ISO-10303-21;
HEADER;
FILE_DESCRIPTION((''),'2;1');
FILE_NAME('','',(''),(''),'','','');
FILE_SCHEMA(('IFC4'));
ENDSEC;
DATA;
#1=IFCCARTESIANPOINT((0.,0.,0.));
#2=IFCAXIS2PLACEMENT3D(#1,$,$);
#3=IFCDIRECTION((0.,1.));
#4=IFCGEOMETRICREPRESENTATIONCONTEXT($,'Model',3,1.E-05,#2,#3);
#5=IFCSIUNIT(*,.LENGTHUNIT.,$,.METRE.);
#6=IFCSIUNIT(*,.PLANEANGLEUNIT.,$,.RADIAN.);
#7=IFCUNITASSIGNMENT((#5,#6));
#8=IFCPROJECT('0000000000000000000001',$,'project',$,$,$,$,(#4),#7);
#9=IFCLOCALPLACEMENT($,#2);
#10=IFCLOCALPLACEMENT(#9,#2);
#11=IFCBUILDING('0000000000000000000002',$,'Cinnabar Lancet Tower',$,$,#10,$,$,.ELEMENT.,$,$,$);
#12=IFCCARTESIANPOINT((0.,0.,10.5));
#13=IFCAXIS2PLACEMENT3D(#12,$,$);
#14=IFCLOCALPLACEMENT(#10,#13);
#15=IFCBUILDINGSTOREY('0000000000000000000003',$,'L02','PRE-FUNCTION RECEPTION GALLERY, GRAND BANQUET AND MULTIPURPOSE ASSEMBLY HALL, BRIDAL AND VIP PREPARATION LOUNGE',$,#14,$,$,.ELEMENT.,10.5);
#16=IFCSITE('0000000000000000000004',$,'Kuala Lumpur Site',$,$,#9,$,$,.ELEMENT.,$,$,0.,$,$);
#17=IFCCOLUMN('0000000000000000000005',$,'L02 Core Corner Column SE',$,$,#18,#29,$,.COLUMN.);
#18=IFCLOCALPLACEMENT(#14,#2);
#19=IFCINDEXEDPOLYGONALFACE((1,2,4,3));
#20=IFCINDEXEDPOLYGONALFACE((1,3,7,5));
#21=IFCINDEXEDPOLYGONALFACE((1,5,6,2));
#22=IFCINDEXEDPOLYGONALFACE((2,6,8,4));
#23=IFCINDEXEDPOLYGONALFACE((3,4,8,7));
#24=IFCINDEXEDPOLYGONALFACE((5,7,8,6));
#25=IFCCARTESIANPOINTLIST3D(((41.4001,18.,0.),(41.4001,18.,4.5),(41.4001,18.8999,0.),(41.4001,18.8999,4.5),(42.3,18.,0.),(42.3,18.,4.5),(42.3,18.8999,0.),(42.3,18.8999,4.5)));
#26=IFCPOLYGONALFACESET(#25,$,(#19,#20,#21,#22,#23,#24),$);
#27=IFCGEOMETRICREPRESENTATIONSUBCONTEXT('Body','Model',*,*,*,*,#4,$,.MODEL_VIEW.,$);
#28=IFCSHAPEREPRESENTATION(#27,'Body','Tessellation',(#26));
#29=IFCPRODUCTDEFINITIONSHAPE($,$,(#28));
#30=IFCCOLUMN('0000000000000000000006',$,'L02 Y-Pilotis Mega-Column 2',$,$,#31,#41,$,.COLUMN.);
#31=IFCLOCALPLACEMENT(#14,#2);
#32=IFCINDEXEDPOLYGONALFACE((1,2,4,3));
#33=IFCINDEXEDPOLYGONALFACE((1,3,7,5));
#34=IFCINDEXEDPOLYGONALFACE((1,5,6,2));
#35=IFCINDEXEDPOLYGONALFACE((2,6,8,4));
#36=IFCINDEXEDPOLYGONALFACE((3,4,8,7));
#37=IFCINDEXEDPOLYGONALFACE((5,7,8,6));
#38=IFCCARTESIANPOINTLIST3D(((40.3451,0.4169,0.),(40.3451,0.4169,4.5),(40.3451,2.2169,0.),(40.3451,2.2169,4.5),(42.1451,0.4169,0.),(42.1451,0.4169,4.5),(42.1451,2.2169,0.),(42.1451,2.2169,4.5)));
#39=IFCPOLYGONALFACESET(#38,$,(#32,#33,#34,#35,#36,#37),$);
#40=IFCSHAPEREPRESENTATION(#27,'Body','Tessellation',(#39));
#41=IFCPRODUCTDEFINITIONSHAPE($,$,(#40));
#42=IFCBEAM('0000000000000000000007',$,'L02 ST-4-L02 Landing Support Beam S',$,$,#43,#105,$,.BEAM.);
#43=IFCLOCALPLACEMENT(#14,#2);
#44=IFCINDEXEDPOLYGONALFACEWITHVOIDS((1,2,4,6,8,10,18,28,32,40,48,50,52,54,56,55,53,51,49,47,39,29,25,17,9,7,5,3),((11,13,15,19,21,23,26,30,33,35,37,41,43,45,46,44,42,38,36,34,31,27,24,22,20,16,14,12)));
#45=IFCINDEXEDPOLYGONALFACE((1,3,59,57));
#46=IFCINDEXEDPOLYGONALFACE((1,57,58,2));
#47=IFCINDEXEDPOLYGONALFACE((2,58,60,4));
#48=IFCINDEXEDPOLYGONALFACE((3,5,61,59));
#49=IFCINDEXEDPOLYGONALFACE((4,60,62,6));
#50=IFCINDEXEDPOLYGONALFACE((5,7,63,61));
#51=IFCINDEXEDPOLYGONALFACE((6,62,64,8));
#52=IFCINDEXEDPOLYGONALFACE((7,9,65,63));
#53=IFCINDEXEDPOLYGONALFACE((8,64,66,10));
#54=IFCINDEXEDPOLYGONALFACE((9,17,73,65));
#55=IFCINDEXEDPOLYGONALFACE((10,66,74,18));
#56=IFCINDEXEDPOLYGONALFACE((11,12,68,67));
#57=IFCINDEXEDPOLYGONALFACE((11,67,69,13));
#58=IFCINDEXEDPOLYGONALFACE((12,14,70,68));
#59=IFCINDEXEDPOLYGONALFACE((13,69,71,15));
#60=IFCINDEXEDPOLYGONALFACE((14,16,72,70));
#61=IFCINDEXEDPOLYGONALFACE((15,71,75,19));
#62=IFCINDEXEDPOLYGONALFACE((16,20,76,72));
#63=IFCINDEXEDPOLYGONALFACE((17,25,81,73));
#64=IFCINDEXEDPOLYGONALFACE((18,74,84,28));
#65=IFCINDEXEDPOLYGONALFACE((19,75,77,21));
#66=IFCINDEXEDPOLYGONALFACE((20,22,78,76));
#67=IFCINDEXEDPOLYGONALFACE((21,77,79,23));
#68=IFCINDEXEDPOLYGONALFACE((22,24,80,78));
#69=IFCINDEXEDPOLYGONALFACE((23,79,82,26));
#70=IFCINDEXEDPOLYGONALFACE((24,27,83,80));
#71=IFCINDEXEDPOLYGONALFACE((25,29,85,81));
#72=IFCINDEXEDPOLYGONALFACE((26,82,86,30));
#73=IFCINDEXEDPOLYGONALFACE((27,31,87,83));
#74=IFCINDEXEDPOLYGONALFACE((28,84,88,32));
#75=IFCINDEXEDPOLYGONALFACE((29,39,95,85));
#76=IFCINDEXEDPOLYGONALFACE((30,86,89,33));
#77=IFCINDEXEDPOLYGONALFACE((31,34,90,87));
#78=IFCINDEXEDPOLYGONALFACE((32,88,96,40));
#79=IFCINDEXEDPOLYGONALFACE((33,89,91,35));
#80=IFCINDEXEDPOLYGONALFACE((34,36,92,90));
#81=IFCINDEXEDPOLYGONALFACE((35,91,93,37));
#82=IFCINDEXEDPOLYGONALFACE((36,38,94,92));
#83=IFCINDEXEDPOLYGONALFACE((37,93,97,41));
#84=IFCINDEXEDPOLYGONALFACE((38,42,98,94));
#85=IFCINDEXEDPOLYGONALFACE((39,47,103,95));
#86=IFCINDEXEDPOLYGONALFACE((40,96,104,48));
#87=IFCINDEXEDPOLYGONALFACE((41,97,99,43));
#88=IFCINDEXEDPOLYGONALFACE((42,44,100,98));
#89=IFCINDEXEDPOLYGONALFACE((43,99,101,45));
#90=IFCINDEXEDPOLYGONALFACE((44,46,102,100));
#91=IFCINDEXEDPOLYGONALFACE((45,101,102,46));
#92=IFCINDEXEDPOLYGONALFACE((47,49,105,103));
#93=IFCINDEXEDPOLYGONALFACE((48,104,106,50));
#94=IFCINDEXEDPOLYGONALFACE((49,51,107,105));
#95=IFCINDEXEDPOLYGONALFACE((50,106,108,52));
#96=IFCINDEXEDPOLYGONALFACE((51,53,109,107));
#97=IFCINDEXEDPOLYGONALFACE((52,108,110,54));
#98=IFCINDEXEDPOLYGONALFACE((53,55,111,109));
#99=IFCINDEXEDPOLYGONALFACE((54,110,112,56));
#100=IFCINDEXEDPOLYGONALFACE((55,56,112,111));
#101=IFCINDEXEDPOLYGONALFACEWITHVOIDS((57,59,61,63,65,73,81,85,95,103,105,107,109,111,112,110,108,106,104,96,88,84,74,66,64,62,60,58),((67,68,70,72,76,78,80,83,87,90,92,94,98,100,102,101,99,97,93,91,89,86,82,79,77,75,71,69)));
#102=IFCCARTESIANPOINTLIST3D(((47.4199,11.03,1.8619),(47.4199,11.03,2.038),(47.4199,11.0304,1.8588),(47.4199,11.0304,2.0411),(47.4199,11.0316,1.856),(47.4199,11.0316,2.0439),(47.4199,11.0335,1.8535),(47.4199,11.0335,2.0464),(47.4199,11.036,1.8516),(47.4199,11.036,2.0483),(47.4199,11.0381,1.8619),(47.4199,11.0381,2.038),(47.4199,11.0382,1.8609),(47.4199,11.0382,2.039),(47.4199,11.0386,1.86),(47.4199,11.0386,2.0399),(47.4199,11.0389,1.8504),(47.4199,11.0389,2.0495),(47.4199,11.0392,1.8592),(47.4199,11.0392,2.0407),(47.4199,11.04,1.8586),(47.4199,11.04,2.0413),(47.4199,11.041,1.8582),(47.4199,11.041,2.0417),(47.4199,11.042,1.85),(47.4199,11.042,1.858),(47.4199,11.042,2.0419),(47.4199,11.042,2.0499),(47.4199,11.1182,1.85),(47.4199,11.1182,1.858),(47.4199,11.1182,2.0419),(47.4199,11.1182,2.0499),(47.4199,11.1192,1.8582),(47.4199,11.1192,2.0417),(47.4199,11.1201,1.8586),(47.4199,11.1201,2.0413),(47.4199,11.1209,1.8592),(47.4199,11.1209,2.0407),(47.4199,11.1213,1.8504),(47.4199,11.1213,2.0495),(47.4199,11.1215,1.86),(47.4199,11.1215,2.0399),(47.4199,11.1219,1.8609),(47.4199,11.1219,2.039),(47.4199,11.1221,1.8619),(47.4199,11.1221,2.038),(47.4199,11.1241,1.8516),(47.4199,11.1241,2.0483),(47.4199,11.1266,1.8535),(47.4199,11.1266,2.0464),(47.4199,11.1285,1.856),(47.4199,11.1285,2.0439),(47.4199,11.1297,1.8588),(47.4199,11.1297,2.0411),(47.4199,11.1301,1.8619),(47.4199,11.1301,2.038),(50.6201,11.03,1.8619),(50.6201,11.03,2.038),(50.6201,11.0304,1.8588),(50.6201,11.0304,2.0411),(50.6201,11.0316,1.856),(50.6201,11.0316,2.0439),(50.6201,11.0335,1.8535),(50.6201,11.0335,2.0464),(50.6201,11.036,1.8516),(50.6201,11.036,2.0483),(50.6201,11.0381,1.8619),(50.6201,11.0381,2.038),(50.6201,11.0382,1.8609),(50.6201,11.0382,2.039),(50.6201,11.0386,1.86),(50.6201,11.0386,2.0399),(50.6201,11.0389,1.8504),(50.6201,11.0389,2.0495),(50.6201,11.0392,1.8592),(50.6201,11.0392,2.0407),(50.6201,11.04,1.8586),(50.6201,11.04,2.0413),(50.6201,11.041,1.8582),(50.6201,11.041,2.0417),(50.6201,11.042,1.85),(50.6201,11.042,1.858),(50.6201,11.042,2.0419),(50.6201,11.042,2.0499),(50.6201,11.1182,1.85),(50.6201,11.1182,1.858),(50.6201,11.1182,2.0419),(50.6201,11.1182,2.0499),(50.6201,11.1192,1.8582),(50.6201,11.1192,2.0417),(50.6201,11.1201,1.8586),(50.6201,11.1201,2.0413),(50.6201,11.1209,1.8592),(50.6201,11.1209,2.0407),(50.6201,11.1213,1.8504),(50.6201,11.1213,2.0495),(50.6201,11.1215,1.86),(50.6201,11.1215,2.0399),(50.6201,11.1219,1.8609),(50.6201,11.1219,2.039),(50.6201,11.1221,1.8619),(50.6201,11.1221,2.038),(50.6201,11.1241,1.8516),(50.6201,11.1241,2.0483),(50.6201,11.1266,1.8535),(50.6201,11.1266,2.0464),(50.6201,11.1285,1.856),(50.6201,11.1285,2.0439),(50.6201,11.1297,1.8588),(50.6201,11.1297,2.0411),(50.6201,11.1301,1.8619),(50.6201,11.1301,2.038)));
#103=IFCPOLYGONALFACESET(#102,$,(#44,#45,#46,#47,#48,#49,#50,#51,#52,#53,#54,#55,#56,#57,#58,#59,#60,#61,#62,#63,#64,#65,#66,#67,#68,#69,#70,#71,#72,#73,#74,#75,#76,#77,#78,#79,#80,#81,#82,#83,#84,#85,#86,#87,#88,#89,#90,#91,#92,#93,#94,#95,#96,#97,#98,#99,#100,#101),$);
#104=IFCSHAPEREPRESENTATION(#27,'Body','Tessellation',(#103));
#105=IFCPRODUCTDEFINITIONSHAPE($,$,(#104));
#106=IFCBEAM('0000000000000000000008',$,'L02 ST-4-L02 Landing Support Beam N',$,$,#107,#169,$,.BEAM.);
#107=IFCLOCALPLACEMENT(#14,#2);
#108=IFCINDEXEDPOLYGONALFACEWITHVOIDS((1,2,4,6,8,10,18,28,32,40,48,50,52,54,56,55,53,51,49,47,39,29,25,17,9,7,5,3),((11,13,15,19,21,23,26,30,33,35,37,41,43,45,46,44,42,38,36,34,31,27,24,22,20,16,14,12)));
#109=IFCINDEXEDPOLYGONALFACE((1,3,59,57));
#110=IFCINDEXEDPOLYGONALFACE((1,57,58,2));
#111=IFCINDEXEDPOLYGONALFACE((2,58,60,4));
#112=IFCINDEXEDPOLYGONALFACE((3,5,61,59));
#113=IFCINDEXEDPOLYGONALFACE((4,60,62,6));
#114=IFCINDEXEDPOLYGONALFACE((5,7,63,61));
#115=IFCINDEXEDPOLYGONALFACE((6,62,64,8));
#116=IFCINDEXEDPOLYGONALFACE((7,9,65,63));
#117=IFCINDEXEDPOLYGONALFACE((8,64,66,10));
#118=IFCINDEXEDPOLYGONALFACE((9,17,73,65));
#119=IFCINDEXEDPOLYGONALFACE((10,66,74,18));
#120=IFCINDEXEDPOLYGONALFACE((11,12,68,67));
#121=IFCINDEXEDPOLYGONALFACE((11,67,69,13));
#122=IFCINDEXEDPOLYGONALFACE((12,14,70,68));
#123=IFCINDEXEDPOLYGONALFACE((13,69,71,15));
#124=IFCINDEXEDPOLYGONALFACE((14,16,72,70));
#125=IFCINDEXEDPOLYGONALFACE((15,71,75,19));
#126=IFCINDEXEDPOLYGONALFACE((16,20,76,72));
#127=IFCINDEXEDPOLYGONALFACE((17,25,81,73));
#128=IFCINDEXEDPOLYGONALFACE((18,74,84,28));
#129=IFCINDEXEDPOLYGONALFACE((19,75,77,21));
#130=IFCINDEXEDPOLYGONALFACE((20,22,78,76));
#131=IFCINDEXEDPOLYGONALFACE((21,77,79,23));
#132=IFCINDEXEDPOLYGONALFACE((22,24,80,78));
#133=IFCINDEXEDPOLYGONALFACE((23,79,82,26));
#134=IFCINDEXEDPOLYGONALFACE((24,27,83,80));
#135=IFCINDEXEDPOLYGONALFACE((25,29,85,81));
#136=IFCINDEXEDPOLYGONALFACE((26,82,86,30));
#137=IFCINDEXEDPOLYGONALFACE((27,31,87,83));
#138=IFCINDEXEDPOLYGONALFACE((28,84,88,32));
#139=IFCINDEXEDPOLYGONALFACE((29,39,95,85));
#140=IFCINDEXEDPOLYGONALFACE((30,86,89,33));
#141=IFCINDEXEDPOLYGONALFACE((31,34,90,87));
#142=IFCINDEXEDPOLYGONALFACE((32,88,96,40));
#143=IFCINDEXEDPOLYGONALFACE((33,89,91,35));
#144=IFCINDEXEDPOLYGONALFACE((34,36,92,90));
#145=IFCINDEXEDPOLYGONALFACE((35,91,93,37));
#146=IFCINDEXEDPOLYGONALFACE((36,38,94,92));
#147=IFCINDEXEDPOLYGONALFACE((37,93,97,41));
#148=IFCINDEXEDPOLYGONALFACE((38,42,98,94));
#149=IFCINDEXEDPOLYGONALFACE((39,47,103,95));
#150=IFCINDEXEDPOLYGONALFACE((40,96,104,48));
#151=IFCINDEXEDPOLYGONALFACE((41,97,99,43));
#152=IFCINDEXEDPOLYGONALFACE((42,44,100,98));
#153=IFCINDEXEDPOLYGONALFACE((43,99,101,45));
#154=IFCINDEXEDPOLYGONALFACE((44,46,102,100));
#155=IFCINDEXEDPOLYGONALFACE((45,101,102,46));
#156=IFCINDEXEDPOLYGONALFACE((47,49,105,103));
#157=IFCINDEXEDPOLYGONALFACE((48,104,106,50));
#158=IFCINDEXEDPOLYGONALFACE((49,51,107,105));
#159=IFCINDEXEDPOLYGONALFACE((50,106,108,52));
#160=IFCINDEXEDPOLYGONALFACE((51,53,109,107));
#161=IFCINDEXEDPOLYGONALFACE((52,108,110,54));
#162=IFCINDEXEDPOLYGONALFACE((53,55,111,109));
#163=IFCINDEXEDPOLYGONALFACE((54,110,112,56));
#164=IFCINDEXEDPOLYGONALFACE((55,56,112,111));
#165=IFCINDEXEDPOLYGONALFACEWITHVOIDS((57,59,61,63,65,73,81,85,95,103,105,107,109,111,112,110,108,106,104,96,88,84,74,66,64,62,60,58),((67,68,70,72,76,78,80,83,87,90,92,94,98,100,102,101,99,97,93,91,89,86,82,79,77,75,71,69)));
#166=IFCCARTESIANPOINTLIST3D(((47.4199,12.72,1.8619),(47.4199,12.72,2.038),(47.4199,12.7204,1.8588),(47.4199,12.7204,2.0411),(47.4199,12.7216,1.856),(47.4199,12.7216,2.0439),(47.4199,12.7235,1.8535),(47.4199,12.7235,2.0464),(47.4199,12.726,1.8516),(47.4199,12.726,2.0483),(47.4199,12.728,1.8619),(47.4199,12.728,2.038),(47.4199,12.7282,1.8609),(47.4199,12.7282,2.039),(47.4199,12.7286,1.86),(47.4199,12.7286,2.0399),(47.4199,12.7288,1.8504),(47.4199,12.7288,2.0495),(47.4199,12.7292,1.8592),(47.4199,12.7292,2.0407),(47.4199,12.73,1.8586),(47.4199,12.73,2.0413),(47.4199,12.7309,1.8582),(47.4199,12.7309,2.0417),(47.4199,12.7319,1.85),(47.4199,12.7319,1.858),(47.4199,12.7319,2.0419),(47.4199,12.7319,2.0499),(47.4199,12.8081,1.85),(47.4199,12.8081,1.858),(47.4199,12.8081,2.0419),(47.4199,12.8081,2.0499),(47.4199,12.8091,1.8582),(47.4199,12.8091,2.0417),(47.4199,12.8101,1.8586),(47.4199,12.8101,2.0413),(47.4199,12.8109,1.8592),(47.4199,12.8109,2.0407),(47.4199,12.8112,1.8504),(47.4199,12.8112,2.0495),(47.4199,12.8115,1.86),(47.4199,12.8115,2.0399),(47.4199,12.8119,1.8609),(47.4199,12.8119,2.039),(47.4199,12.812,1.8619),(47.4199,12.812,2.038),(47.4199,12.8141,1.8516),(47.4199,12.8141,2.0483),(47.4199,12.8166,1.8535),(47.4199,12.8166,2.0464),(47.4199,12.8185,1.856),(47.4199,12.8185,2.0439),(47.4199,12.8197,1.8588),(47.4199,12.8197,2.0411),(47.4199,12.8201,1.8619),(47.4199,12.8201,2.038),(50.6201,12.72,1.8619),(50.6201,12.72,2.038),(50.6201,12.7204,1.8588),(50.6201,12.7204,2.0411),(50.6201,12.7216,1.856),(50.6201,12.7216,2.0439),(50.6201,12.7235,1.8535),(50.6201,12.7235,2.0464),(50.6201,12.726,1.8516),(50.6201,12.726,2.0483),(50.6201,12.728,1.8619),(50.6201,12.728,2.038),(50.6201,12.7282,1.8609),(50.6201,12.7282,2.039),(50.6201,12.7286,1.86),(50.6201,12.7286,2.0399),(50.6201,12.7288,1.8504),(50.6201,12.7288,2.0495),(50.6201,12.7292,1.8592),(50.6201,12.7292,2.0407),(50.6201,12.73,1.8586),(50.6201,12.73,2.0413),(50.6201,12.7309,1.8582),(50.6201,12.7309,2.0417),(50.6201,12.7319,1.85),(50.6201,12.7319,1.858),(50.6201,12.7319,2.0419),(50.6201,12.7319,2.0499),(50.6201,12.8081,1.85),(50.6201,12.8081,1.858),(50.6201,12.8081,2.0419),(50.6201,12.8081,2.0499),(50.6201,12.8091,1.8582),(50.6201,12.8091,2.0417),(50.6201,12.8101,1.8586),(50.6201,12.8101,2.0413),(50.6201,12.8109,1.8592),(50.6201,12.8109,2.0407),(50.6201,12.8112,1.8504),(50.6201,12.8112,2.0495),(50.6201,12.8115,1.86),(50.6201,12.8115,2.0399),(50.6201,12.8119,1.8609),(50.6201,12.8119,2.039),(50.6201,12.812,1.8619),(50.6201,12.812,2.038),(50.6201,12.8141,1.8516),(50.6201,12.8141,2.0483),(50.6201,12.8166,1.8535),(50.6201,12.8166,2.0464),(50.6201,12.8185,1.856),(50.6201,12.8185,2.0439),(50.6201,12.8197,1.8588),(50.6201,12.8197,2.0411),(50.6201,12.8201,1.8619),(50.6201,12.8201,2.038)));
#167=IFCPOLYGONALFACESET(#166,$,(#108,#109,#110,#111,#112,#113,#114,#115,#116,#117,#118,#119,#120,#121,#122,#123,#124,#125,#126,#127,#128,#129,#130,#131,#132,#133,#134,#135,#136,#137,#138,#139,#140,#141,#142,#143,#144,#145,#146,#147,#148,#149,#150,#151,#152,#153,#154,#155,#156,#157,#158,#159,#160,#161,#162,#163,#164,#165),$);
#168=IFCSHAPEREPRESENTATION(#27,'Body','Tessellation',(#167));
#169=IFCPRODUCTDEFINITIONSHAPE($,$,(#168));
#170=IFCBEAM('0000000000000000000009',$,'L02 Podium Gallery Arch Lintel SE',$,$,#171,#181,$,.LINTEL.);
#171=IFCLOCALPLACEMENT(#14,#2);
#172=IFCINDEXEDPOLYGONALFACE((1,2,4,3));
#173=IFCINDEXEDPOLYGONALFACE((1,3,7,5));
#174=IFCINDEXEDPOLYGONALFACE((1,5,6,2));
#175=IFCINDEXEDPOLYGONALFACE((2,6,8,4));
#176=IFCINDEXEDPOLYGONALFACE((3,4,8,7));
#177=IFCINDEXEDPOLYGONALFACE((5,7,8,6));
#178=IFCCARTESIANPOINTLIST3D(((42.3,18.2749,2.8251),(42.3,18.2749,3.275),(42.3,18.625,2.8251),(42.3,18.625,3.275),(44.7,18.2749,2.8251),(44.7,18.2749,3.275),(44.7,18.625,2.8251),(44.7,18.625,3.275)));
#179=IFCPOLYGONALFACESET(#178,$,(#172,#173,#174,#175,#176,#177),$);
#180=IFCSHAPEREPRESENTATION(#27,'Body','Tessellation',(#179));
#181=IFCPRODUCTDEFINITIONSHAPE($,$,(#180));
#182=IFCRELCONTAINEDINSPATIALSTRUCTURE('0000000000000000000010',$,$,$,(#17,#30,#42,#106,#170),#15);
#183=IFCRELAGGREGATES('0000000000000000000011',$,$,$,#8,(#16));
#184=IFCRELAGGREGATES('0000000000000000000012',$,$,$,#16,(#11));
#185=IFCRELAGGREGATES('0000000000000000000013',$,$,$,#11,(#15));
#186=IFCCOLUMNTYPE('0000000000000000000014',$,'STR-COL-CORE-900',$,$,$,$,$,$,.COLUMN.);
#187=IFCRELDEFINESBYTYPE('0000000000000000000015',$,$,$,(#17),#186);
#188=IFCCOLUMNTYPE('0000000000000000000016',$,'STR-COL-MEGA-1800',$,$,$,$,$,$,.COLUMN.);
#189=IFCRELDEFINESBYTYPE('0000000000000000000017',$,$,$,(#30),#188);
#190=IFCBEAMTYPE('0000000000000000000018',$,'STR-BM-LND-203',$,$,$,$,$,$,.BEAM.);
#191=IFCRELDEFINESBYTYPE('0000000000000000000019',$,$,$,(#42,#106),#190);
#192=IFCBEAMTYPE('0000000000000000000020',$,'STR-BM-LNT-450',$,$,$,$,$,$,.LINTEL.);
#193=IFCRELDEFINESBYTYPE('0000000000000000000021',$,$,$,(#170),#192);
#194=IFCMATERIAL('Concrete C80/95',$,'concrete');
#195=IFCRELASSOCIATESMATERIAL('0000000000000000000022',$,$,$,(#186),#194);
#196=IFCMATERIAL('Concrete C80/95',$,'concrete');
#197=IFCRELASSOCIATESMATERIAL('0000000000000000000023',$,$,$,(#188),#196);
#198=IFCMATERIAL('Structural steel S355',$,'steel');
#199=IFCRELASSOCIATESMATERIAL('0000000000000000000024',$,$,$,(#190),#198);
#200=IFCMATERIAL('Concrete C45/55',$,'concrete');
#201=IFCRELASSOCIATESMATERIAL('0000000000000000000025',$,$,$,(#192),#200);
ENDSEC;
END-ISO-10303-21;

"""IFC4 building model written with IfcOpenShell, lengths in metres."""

from ifc_helpers import new_model, si_unit, direction, frame, origin, origin_2d, place, context, subcontext, project, spatial, rectangle, hollow_rectangle, extrude, material, material_profile, profile_set, type_object, element, save


model = new_model("IFC4")

# Units and contexts
model_context = context("Model", 3, precision=1e-05, world=origin(), true_north=direction((0.0, 1.0)))
body_context = subcontext(model_context, "Body", "Model", "MODEL_VIEW")
ifc_project = project(units=[si_unit("LENGTHUNIT", "METRE"), si_unit("PLANEANGLEUNIT", "RADIAN")], contexts=[model_context])

# Site, building, storey
site_placement = place(None, origin())
site = spatial("IfcSite", under=ifc_project, at=site_placement, Name="Kuala Lumpur Site", CompositionType="ELEMENT", RefElevation=0.0)
building_placement = place(site_placement, origin())
building = spatial("IfcBuilding", under=site, at=building_placement, Name="Cinnabar Lancet Tower", CompositionType="ELEMENT")
storey_placement = place(building_placement, frame((0.0, 0.0, 10.5)))
storey = spatial("IfcBuildingStorey", under=building, at=storey_placement, Name="L02", Description="PRE-FUNCTION RECEPTION GALLERY, GRAND BANQUET AND MULTIPURPOSE ASSEMBLY HALL, BRIDAL AND VIP PREPARATION LOUNGE", CompositionType="ELEMENT", Elevation=10.5)

# Columns
ifc_material_1 = material(Name="Concrete C80/95", Category="concrete")
ifc_material_profile_1 = material_profile(ifc_material_1, rectangle(XDim=0.8999, YDim=0.8999, at=origin_2d()), Name="RC-COL 900x900")
ifc_profile_set_1 = profile_set([ifc_material_profile_1], Name="Concrete C80/95")
column_type_1 = type_object("IfcColumnType", Name="STR-COL-CORE-900", PredefinedType="COLUMN", material=ifc_profile_set_1)
column_1_placement = place(storey_placement, frame((41.8501, 18.45, 0.0), z_axis=(0.0, 0.0, 1.0), x_axis=(1.0, 0.0, 0.0)))
element("IfcColumn", 1, at=column_1_placement, inside=storey, type_object=column_type_1, Name="L02 Core Corner Column SE", PredefinedType="COLUMN", context=body_context, shape_type="SweptSolid", body=[
    extrude(rectangle(XDim=0.8999, YDim=0.8999, at=origin_2d()), origin(), (0.0, 0.0, 1.0), 4.5),
])
ifc_material_2 = material(Name="Concrete C80/95", Category="concrete")
ifc_material_profile_2 = material_profile(ifc_material_2, rectangle(XDim=1.8, YDim=1.8, at=origin_2d()), Name="RC-MEGA 1800x1800")
ifc_profile_set_2 = profile_set([ifc_material_profile_2], Name="Concrete C80/95")
column_type_2 = type_object("IfcColumnType", Name="STR-COL-MEGA-1800", PredefinedType="COLUMN", material=ifc_profile_set_2)
column_2_placement = place(storey_placement, frame((41.2451, 1.3169, 0.0), z_axis=(0.0, 0.0, 1.0), x_axis=(1.0, 0.0, 0.0)))
element("IfcColumn", 2, at=column_2_placement, inside=storey, type_object=column_type_2, Name="L02 Y-Pilotis Mega-Column 2", PredefinedType="COLUMN", context=body_context, shape_type="SweptSolid", body=[
    extrude(rectangle(XDim=1.8, YDim=1.8, at=origin_2d()), origin(), (0.0, 0.0, 1.0), 4.5),
])

# Beams
ifc_material_3 = material(Name="Structural steel S355", Category="steel")
ifc_material_profile_3 = material_profile(ifc_material_3, hollow_rectangle(XDim=0.1001, YDim=0.2, WallThickness=0.0081, InnerFilletRadius=0.0039, OuterFilletRadius=0.012, at=origin_2d()), Name="RHS 200x100x8")
ifc_profile_set_3 = profile_set([ifc_material_profile_3], Name="Structural steel S355")
beam_type_1 = type_object("IfcBeamType", Name="STR-BM-LND-203", PredefinedType="BEAM", material=ifc_profile_set_3)
for number, where, z_axis, x_axis, name in (
    (3, (47.4199, 11.0801, 1.95), (1.0, 0.0, 0.0), (0.0, 1.0, 0.0), "L02 ST-4-L02 Landing Support Beam S"),
    (4, (47.4199, 12.77, 1.95), (1.0, 0.0, 0.0), (0.0, 1.0, 0.0), "L02 ST-4-L02 Landing Support Beam N"),
):
    element("IfcBeam", number, at=place(storey_placement, frame(where, z_axis=z_axis, x_axis=x_axis)), inside=storey, type_object=beam_type_1, Name=name, PredefinedType="BEAM", context=body_context, shape_type="SweptSolid", body=[
        extrude(hollow_rectangle(XDim=0.1001, YDim=0.2, WallThickness=0.0081, InnerFilletRadius=0.0039, OuterFilletRadius=0.012, at=origin_2d()), origin(), (0.0, 0.0, 1.0), 3.2002),
    ])
ifc_material_4 = material(Name="Concrete C45/55", Category="concrete")
ifc_material_profile_4 = material_profile(ifc_material_4, rectangle(XDim=0.3501, YDim=0.45, at=origin_2d()), Name="RC-LNT 350x450")
ifc_profile_set_4 = profile_set([ifc_material_profile_4], Name="Concrete C45/55")
beam_type_2 = type_object("IfcBeamType", Name="STR-BM-LNT-450", PredefinedType="LINTEL", material=ifc_profile_set_4)
beam_1_placement = place(storey_placement, frame((42.3, 18.45, 3.05), z_axis=(1.0, 0.0, 0.0), x_axis=(0.0, 1.0, 0.0)))
element("IfcBeam", 5, at=beam_1_placement, inside=storey, type_object=beam_type_2, Name="L02 Podium Gallery Arch Lintel SE", PredefinedType="LINTEL", context=body_context, shape_type="SweptSolid", body=[
    extrude(rectangle(XDim=0.3501, YDim=0.45, at=origin_2d()), origin(), (0.0, 0.0, 1.0), 2.3999),
])

save(model, "model.ifc")
